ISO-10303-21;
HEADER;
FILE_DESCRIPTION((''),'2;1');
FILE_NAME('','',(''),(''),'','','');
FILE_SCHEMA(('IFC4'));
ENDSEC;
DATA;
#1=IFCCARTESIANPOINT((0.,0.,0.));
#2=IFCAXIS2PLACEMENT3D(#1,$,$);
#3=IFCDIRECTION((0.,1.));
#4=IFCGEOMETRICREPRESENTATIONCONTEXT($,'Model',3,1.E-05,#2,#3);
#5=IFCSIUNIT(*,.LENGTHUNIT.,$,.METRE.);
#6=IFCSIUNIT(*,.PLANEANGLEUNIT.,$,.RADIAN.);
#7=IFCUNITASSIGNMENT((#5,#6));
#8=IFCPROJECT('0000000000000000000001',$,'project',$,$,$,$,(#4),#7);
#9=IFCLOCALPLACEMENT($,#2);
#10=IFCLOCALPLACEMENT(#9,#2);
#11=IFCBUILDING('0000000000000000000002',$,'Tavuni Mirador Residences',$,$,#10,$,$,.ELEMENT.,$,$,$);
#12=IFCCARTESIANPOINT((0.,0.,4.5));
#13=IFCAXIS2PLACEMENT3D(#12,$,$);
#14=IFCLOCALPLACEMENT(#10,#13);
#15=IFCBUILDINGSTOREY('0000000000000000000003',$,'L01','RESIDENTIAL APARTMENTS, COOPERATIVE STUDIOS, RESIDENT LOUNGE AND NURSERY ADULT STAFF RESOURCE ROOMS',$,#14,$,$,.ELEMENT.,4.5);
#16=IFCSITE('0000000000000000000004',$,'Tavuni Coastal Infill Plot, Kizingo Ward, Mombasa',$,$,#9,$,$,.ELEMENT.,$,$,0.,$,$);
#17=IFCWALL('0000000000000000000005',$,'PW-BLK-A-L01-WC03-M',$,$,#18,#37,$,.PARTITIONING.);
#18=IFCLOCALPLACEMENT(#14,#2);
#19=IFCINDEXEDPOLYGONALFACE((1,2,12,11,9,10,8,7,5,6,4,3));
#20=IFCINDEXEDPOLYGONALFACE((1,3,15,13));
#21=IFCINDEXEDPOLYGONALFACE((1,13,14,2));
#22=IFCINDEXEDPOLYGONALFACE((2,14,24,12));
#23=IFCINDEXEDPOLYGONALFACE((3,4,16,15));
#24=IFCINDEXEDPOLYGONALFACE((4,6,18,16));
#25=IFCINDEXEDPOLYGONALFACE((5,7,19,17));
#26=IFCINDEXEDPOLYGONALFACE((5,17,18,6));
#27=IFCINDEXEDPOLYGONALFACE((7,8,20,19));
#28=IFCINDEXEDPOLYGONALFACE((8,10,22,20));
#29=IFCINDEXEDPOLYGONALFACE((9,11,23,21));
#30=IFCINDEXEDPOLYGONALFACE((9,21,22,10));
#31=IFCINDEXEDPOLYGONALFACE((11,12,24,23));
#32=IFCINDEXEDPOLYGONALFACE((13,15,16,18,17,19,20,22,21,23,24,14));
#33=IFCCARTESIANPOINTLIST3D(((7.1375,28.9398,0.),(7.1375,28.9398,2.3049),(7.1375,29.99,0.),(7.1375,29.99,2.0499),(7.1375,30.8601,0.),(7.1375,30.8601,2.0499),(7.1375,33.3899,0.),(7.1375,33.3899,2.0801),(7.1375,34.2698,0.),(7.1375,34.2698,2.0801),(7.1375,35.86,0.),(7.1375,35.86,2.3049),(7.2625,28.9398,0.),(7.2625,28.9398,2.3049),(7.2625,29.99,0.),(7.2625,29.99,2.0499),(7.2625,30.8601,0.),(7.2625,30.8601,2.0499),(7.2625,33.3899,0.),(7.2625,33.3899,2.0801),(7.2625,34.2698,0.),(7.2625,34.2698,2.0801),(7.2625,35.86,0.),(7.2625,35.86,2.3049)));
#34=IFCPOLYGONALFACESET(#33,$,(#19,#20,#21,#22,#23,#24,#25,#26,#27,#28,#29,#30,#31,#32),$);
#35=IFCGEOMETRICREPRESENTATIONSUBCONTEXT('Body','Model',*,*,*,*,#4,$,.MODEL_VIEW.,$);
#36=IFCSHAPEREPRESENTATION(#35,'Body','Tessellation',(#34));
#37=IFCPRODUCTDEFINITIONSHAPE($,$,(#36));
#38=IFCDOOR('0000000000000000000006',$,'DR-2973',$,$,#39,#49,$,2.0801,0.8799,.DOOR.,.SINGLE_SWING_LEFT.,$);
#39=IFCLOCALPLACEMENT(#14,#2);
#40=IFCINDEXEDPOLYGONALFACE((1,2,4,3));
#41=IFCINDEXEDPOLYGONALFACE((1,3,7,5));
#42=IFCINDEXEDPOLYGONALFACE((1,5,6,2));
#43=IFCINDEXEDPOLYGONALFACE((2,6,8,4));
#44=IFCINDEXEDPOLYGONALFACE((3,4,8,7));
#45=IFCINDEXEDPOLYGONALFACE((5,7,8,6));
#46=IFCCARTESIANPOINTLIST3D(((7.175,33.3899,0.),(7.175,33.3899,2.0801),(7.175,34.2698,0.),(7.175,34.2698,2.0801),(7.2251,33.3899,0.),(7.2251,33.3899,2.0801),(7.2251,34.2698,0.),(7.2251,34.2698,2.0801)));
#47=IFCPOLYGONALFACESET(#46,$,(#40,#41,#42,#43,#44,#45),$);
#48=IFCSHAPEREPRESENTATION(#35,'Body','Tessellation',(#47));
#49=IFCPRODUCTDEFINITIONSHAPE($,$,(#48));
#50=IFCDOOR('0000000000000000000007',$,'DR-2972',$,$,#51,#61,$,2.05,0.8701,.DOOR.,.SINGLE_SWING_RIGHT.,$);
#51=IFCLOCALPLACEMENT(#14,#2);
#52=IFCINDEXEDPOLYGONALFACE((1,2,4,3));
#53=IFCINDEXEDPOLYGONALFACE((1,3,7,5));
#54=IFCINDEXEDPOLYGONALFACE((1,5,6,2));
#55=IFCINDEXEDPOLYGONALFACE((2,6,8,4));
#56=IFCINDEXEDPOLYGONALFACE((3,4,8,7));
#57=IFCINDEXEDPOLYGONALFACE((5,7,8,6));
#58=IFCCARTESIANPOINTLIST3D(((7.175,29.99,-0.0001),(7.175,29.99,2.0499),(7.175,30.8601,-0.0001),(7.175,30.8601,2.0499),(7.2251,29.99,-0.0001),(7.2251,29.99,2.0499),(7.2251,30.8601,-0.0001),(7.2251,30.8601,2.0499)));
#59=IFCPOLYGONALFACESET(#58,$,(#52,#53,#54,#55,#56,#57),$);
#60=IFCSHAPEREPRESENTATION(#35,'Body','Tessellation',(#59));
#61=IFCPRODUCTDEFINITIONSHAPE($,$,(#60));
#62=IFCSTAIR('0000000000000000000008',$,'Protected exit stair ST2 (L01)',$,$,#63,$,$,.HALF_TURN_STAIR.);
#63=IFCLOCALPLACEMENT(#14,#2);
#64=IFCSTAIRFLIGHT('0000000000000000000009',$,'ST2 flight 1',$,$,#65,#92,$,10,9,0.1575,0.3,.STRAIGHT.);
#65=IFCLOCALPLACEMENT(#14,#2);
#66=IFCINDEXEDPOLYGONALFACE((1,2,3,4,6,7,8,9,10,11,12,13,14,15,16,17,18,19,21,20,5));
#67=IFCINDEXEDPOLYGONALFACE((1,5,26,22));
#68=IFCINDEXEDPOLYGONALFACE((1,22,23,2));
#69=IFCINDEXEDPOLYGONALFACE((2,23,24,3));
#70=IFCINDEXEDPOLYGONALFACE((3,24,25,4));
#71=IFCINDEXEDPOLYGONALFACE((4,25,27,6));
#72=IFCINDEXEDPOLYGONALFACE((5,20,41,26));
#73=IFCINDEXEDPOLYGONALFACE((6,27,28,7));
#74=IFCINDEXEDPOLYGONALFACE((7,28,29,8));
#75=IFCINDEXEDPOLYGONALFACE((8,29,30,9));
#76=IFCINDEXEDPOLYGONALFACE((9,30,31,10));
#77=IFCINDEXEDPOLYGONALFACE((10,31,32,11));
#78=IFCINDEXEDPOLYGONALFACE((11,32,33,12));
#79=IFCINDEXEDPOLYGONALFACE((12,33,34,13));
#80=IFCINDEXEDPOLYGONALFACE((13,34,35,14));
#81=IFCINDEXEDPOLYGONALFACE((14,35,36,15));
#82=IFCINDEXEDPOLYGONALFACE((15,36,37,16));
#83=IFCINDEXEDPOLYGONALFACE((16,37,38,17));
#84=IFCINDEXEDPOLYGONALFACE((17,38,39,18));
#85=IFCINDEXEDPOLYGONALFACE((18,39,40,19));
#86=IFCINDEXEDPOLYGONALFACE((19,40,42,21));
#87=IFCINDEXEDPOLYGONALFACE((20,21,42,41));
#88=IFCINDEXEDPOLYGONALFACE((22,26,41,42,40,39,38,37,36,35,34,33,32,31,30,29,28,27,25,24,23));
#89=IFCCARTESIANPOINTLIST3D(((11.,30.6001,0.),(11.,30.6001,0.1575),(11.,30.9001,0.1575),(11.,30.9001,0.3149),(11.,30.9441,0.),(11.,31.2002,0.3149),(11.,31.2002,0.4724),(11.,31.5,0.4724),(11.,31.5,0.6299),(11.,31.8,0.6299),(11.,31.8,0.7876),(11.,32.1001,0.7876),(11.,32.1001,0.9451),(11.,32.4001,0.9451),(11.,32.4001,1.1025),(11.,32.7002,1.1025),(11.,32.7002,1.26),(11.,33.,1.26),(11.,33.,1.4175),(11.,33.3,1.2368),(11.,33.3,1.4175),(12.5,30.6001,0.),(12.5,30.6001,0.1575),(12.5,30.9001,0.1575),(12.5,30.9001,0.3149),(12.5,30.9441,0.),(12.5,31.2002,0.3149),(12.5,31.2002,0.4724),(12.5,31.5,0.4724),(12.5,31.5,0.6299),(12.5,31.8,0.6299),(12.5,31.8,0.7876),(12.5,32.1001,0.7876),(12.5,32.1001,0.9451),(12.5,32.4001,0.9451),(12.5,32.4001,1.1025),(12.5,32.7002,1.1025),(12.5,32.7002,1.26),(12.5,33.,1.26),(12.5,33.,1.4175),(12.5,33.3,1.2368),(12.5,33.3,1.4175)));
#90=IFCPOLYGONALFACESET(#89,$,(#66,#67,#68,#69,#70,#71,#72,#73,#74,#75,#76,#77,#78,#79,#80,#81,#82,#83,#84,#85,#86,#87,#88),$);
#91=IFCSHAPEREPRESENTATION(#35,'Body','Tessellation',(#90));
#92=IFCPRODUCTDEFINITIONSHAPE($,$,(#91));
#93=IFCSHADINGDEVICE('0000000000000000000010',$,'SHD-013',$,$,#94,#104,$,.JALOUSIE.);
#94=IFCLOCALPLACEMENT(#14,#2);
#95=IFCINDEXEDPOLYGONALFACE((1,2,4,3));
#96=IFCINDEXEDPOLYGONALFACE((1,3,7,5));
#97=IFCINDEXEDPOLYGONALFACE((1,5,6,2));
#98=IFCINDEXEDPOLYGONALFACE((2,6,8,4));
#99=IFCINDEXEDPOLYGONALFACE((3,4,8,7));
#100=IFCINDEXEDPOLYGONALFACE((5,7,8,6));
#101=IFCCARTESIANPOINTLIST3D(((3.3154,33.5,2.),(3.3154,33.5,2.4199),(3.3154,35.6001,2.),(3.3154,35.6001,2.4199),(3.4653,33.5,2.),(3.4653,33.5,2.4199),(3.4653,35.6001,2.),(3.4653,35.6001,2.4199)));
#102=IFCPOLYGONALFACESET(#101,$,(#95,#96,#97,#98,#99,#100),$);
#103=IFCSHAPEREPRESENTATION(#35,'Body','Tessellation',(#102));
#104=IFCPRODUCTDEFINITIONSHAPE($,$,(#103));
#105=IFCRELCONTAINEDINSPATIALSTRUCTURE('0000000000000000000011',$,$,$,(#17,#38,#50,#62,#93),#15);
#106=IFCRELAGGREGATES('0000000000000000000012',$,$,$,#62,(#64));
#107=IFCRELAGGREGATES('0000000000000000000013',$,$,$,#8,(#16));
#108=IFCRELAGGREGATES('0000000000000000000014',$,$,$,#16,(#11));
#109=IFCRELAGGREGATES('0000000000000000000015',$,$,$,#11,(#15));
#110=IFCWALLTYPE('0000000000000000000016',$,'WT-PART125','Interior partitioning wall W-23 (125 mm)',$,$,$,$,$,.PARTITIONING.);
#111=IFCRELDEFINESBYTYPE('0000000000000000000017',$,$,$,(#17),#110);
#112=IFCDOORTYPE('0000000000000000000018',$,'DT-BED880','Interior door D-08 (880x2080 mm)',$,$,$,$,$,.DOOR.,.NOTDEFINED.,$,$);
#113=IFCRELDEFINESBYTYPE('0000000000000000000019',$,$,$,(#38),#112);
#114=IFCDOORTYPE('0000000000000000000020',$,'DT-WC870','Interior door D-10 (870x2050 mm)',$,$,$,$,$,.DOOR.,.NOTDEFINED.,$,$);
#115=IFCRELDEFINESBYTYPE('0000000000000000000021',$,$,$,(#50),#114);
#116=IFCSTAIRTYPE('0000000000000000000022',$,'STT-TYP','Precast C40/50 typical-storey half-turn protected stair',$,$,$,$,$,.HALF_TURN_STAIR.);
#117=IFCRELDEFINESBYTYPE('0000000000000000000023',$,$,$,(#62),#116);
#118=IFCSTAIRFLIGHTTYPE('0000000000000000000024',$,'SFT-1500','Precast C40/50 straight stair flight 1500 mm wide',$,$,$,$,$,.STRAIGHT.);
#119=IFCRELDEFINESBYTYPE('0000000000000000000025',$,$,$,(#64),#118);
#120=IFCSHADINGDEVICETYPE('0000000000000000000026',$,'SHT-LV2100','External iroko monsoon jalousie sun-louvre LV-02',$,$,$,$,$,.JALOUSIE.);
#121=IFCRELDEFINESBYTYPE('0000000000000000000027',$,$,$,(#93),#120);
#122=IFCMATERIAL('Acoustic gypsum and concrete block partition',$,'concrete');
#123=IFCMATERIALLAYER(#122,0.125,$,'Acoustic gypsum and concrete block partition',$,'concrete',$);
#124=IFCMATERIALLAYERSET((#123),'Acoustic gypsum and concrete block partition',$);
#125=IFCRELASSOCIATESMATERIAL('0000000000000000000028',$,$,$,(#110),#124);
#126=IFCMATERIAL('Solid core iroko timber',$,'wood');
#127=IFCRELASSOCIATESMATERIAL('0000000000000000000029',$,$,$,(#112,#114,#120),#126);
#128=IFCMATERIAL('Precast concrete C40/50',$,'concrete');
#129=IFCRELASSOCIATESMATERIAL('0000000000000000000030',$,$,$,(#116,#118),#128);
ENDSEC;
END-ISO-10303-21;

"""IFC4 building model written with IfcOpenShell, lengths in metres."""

from ifc_helpers import new_model, si_unit, direction, frame, frame_2d, origin, origin_2d, place, context, subcontext, project, spatial, polyline, rectangle, outline, extrude, material, layer, layer_set, type_object, element, fill, aggregate, save


model = new_model("IFC4")

# Units and contexts
model_context = context("Model", 3, precision=1e-05, world=origin(), true_north=direction((0.0, 1.0)))
body_context = subcontext(model_context, "Body", "Model", "MODEL_VIEW")
ifc_project = project(units=[si_unit("LENGTHUNIT", "METRE"), si_unit("PLANEANGLEUNIT", "RADIAN")], contexts=[model_context])

# Site, building, storey
site_placement = place(None, origin())
site = spatial("IfcSite", under=ifc_project, at=site_placement, Name="Tavuni Coastal Infill Plot, Kizingo Ward, Mombasa", CompositionType="ELEMENT", RefElevation=0.0)
building_placement = place(site_placement, origin())
building = spatial("IfcBuilding", under=site, at=building_placement, Name="Tavuni Mirador Residences", CompositionType="ELEMENT")
storey_placement = place(building_placement, frame((0.0, 0.0, 4.5)))
storey = spatial("IfcBuildingStorey", under=building, at=storey_placement, Name="L01", Description="RESIDENTIAL APARTMENTS, COOPERATIVE STUDIOS, RESIDENT LOUNGE AND NURSERY ADULT STAFF RESOURCE ROOMS", CompositionType="ELEMENT", Elevation=4.5)

# Shared definitions
ifc_material_1 = material(Name="Precast concrete C40/50", Category="concrete")

# Shared definitions
ifc_material_2 = material(Name="Acoustic gypsum and concrete block partition", Category="concrete")

# Wall, openings, doors
ifc_layer_1 = layer(ifc_material_2, 0.125, Name="Acoustic gypsum and concrete block partition", Category="concrete")
ifc_layer_set_1 = layer_set([ifc_layer_1], Name="Acoustic gypsum and concrete block partition")
wall_type_1 = type_object("IfcWallType", Name="WT-PART125", Description="Interior partitioning wall W-23 (125 mm)", PredefinedType="PARTITIONING", material=ifc_layer_set_1)
wall_1_placement = place(storey_placement, frame((7.2, 28.9399, 0.0), z_axis=(0.0, 0.0, 1.0), x_axis=(0.0, 1.0, 0.0)))
wall_1 = element("IfcWall", 1, at=wall_1_placement, inside=storey, type_object=wall_type_1, Name="PW-BLK-A-L01-WC03-M", PredefinedType="PARTITIONING", context=body_context, shape_type="SweptSolid", body=[
    extrude(rectangle(XDim=6.9202, YDim=0.125, at=frame_2d((3.46, 0.0))), origin(), (0.0, 0.0, 1.0), 2.3049),
])
opening_1_placement = place(wall_1_placement, frame((1.05, 0.0, 0.0)))
opening_1 = element("IfcOpeningElement", 2, at=opening_1_placement, cuts=wall_1, PredefinedType="OPENING", context=body_context, shape_type="SweptSolid", body=[
    extrude(rectangle(XDim=0.8701, YDim=2.05, at=frame_2d((0.4351, 1.0249))), frame((0.0, 0.0725, 0.0), z_axis=(0.0, -1.0, 0.0), x_axis=(1.0, 0.0, 0.0)), (0.0, 0.0, 1.0), 0.145),
])
opening_2_placement = place(wall_1_placement, frame((4.45, 0.0, 0.0)))
opening_2 = element("IfcOpeningElement", 3, at=opening_2_placement, cuts=wall_1, PredefinedType="OPENING", context=body_context, shape_type="SweptSolid", body=[
    extrude(rectangle(XDim=0.8799, YDim=2.0801, at=frame_2d((0.4399, 1.04))), frame((0.0, 0.0725, 0.0), z_axis=(0.0, -1.0, 0.0), x_axis=(1.0, 0.0, 0.0)), (0.0, 0.0, 1.0), 0.145),
])
ifc_material_3 = material(Name="Solid core iroko timber", Category="wood")
door_type_1 = type_object("IfcDoorType", Name="DT-BED880", Description="Interior door D-08 (880x2080 mm)", OperationType="NOTDEFINED", PredefinedType="DOOR", material=ifc_material_3)
door_1_placement = place(opening_2_placement, origin())
door_1 = element("IfcDoor", 4, at=door_1_placement, inside=storey, type_object=door_type_1, Name="DR-2973", OperationType="SINGLE_SWING_LEFT", OverallHeight=2.0801, OverallWidth=0.8799, PredefinedType="DOOR", context=body_context, shape_type="SweptSolid", body=[
    extrude(rectangle(XDim=0.8799, YDim=2.0801, at=frame_2d((0.4399, 1.04))), frame((0.0, 0.0249, 0.0), z_axis=(0.0, -1.0, 0.0), x_axis=(1.0, 0.0, 0.0)), (0.0, 0.0, 1.0), 0.05),
])
fill(opening_2, door_1)
door_type_2 = type_object("IfcDoorType", Name="DT-WC870", Description="Interior door D-10 (870x2050 mm)", OperationType="NOTDEFINED", PredefinedType="DOOR", material=ifc_material_3)
door_2_placement = place(opening_1_placement, origin())
door_2 = element("IfcDoor", 5, at=door_2_placement, inside=storey, type_object=door_type_2, Name="DR-2972", OperationType="SINGLE_SWING_RIGHT", OverallHeight=2.05, OverallWidth=0.8701, PredefinedType="DOOR", context=body_context, shape_type="SweptSolid", body=[
    extrude(rectangle(XDim=0.8701, YDim=2.05, at=frame_2d((0.4351, 1.0249))), frame((0.0, 0.0249, 0.0), z_axis=(0.0, -1.0, 0.0), x_axis=(1.0, 0.0, 0.0)), (0.0, 0.0, 1.0), 0.05),
])
fill(opening_1, door_2)

# Stair, stair flight
stair_type = type_object("IfcStairType", Name="STT-TYP", Description="Precast C40/50 typical-storey half-turn protected stair", PredefinedType="HALF_TURN_STAIR", material=ifc_material_1)
stair_placement = place(storey_placement, origin())
stair = element("IfcStair", 6, at=stair_placement, inside=storey, type_object=stair_type, Name="Protected exit stair ST2 (L01)", PredefinedType="HALF_TURN_STAIR")
stair_flight_type = type_object("IfcStairFlightType", Name="SFT-1500", Description="Precast C40/50 straight stair flight 1500 mm wide", PredefinedType="STRAIGHT", material=ifc_material_1)
stair_flight_placement = place(storey_placement, frame((11.75, 30.6001, 0.0), z_axis=(0.0, 0.0, 1.0), x_axis=(0.0, 1.0, 0.0)))
stair_flight = element("IfcStairFlight", 7, at=stair_flight_placement, type_object=stair_flight_type, Name="ST2 flight 1", NumberOfRisers=10, NumberOfTreads=9, PredefinedType="STRAIGHT", RiserHeight=0.1575, TreadLength=0.3, context=body_context, shape_type="SweptSolid", body=[
    extrude(outline(polyline([(0.0, 0.0), (0.0, 0.1575), (0.3, 0.1575), (0.3, 0.3149), (0.6001, 0.3149), (0.6001, 0.4724), (0.8999, 0.4724), (0.8999, 0.6299), (1.2, 0.6299), (1.2, 0.7876), (1.5, 0.7876), (1.5, 0.9451), (1.8, 0.9451), (1.8, 1.1025), (2.1001, 1.1025), (2.1001, 1.26), (2.3999, 1.26), (2.3999, 1.4175), (2.7, 1.4175), (2.7, 1.575), (2.7, 1.2368), (0.344, 0.0), (0.0, 0.0)])), frame((0.0, 0.75, 0.0), z_axis=(0.0, -1.0, 0.0), x_axis=(1.0, 0.0, 0.0)), (0.0, 0.0, 1.0), 1.5),
])
aggregate(stair, [stair_flight])

# Shading device
shading_device_type = type_object("IfcShadingDeviceType", Name="SHT-LV2100", Description="External iroko monsoon jalousie sun-louvre LV-02", PredefinedType="JALOUSIE", material=ifc_material_3)
shading_device_placement = place(storey_placement, frame((3.3904, 34.55, 2.0), z_axis=(0.0, 0.0, 1.0), x_axis=(0.0, -1.0, 0.0)))
element("IfcShadingDevice", 8, at=shading_device_placement, inside=storey, type_object=shading_device_type, Name="SHD-013", PredefinedType="JALOUSIE", context=body_context, shape_type="SweptSolid", body=[
    extrude(rectangle(XDim=2.1001, YDim=0.1499, at=origin_2d()), origin(), (0.0, 0.0, 1.0), 0.4199),
])

save(model, "model.ifc")
